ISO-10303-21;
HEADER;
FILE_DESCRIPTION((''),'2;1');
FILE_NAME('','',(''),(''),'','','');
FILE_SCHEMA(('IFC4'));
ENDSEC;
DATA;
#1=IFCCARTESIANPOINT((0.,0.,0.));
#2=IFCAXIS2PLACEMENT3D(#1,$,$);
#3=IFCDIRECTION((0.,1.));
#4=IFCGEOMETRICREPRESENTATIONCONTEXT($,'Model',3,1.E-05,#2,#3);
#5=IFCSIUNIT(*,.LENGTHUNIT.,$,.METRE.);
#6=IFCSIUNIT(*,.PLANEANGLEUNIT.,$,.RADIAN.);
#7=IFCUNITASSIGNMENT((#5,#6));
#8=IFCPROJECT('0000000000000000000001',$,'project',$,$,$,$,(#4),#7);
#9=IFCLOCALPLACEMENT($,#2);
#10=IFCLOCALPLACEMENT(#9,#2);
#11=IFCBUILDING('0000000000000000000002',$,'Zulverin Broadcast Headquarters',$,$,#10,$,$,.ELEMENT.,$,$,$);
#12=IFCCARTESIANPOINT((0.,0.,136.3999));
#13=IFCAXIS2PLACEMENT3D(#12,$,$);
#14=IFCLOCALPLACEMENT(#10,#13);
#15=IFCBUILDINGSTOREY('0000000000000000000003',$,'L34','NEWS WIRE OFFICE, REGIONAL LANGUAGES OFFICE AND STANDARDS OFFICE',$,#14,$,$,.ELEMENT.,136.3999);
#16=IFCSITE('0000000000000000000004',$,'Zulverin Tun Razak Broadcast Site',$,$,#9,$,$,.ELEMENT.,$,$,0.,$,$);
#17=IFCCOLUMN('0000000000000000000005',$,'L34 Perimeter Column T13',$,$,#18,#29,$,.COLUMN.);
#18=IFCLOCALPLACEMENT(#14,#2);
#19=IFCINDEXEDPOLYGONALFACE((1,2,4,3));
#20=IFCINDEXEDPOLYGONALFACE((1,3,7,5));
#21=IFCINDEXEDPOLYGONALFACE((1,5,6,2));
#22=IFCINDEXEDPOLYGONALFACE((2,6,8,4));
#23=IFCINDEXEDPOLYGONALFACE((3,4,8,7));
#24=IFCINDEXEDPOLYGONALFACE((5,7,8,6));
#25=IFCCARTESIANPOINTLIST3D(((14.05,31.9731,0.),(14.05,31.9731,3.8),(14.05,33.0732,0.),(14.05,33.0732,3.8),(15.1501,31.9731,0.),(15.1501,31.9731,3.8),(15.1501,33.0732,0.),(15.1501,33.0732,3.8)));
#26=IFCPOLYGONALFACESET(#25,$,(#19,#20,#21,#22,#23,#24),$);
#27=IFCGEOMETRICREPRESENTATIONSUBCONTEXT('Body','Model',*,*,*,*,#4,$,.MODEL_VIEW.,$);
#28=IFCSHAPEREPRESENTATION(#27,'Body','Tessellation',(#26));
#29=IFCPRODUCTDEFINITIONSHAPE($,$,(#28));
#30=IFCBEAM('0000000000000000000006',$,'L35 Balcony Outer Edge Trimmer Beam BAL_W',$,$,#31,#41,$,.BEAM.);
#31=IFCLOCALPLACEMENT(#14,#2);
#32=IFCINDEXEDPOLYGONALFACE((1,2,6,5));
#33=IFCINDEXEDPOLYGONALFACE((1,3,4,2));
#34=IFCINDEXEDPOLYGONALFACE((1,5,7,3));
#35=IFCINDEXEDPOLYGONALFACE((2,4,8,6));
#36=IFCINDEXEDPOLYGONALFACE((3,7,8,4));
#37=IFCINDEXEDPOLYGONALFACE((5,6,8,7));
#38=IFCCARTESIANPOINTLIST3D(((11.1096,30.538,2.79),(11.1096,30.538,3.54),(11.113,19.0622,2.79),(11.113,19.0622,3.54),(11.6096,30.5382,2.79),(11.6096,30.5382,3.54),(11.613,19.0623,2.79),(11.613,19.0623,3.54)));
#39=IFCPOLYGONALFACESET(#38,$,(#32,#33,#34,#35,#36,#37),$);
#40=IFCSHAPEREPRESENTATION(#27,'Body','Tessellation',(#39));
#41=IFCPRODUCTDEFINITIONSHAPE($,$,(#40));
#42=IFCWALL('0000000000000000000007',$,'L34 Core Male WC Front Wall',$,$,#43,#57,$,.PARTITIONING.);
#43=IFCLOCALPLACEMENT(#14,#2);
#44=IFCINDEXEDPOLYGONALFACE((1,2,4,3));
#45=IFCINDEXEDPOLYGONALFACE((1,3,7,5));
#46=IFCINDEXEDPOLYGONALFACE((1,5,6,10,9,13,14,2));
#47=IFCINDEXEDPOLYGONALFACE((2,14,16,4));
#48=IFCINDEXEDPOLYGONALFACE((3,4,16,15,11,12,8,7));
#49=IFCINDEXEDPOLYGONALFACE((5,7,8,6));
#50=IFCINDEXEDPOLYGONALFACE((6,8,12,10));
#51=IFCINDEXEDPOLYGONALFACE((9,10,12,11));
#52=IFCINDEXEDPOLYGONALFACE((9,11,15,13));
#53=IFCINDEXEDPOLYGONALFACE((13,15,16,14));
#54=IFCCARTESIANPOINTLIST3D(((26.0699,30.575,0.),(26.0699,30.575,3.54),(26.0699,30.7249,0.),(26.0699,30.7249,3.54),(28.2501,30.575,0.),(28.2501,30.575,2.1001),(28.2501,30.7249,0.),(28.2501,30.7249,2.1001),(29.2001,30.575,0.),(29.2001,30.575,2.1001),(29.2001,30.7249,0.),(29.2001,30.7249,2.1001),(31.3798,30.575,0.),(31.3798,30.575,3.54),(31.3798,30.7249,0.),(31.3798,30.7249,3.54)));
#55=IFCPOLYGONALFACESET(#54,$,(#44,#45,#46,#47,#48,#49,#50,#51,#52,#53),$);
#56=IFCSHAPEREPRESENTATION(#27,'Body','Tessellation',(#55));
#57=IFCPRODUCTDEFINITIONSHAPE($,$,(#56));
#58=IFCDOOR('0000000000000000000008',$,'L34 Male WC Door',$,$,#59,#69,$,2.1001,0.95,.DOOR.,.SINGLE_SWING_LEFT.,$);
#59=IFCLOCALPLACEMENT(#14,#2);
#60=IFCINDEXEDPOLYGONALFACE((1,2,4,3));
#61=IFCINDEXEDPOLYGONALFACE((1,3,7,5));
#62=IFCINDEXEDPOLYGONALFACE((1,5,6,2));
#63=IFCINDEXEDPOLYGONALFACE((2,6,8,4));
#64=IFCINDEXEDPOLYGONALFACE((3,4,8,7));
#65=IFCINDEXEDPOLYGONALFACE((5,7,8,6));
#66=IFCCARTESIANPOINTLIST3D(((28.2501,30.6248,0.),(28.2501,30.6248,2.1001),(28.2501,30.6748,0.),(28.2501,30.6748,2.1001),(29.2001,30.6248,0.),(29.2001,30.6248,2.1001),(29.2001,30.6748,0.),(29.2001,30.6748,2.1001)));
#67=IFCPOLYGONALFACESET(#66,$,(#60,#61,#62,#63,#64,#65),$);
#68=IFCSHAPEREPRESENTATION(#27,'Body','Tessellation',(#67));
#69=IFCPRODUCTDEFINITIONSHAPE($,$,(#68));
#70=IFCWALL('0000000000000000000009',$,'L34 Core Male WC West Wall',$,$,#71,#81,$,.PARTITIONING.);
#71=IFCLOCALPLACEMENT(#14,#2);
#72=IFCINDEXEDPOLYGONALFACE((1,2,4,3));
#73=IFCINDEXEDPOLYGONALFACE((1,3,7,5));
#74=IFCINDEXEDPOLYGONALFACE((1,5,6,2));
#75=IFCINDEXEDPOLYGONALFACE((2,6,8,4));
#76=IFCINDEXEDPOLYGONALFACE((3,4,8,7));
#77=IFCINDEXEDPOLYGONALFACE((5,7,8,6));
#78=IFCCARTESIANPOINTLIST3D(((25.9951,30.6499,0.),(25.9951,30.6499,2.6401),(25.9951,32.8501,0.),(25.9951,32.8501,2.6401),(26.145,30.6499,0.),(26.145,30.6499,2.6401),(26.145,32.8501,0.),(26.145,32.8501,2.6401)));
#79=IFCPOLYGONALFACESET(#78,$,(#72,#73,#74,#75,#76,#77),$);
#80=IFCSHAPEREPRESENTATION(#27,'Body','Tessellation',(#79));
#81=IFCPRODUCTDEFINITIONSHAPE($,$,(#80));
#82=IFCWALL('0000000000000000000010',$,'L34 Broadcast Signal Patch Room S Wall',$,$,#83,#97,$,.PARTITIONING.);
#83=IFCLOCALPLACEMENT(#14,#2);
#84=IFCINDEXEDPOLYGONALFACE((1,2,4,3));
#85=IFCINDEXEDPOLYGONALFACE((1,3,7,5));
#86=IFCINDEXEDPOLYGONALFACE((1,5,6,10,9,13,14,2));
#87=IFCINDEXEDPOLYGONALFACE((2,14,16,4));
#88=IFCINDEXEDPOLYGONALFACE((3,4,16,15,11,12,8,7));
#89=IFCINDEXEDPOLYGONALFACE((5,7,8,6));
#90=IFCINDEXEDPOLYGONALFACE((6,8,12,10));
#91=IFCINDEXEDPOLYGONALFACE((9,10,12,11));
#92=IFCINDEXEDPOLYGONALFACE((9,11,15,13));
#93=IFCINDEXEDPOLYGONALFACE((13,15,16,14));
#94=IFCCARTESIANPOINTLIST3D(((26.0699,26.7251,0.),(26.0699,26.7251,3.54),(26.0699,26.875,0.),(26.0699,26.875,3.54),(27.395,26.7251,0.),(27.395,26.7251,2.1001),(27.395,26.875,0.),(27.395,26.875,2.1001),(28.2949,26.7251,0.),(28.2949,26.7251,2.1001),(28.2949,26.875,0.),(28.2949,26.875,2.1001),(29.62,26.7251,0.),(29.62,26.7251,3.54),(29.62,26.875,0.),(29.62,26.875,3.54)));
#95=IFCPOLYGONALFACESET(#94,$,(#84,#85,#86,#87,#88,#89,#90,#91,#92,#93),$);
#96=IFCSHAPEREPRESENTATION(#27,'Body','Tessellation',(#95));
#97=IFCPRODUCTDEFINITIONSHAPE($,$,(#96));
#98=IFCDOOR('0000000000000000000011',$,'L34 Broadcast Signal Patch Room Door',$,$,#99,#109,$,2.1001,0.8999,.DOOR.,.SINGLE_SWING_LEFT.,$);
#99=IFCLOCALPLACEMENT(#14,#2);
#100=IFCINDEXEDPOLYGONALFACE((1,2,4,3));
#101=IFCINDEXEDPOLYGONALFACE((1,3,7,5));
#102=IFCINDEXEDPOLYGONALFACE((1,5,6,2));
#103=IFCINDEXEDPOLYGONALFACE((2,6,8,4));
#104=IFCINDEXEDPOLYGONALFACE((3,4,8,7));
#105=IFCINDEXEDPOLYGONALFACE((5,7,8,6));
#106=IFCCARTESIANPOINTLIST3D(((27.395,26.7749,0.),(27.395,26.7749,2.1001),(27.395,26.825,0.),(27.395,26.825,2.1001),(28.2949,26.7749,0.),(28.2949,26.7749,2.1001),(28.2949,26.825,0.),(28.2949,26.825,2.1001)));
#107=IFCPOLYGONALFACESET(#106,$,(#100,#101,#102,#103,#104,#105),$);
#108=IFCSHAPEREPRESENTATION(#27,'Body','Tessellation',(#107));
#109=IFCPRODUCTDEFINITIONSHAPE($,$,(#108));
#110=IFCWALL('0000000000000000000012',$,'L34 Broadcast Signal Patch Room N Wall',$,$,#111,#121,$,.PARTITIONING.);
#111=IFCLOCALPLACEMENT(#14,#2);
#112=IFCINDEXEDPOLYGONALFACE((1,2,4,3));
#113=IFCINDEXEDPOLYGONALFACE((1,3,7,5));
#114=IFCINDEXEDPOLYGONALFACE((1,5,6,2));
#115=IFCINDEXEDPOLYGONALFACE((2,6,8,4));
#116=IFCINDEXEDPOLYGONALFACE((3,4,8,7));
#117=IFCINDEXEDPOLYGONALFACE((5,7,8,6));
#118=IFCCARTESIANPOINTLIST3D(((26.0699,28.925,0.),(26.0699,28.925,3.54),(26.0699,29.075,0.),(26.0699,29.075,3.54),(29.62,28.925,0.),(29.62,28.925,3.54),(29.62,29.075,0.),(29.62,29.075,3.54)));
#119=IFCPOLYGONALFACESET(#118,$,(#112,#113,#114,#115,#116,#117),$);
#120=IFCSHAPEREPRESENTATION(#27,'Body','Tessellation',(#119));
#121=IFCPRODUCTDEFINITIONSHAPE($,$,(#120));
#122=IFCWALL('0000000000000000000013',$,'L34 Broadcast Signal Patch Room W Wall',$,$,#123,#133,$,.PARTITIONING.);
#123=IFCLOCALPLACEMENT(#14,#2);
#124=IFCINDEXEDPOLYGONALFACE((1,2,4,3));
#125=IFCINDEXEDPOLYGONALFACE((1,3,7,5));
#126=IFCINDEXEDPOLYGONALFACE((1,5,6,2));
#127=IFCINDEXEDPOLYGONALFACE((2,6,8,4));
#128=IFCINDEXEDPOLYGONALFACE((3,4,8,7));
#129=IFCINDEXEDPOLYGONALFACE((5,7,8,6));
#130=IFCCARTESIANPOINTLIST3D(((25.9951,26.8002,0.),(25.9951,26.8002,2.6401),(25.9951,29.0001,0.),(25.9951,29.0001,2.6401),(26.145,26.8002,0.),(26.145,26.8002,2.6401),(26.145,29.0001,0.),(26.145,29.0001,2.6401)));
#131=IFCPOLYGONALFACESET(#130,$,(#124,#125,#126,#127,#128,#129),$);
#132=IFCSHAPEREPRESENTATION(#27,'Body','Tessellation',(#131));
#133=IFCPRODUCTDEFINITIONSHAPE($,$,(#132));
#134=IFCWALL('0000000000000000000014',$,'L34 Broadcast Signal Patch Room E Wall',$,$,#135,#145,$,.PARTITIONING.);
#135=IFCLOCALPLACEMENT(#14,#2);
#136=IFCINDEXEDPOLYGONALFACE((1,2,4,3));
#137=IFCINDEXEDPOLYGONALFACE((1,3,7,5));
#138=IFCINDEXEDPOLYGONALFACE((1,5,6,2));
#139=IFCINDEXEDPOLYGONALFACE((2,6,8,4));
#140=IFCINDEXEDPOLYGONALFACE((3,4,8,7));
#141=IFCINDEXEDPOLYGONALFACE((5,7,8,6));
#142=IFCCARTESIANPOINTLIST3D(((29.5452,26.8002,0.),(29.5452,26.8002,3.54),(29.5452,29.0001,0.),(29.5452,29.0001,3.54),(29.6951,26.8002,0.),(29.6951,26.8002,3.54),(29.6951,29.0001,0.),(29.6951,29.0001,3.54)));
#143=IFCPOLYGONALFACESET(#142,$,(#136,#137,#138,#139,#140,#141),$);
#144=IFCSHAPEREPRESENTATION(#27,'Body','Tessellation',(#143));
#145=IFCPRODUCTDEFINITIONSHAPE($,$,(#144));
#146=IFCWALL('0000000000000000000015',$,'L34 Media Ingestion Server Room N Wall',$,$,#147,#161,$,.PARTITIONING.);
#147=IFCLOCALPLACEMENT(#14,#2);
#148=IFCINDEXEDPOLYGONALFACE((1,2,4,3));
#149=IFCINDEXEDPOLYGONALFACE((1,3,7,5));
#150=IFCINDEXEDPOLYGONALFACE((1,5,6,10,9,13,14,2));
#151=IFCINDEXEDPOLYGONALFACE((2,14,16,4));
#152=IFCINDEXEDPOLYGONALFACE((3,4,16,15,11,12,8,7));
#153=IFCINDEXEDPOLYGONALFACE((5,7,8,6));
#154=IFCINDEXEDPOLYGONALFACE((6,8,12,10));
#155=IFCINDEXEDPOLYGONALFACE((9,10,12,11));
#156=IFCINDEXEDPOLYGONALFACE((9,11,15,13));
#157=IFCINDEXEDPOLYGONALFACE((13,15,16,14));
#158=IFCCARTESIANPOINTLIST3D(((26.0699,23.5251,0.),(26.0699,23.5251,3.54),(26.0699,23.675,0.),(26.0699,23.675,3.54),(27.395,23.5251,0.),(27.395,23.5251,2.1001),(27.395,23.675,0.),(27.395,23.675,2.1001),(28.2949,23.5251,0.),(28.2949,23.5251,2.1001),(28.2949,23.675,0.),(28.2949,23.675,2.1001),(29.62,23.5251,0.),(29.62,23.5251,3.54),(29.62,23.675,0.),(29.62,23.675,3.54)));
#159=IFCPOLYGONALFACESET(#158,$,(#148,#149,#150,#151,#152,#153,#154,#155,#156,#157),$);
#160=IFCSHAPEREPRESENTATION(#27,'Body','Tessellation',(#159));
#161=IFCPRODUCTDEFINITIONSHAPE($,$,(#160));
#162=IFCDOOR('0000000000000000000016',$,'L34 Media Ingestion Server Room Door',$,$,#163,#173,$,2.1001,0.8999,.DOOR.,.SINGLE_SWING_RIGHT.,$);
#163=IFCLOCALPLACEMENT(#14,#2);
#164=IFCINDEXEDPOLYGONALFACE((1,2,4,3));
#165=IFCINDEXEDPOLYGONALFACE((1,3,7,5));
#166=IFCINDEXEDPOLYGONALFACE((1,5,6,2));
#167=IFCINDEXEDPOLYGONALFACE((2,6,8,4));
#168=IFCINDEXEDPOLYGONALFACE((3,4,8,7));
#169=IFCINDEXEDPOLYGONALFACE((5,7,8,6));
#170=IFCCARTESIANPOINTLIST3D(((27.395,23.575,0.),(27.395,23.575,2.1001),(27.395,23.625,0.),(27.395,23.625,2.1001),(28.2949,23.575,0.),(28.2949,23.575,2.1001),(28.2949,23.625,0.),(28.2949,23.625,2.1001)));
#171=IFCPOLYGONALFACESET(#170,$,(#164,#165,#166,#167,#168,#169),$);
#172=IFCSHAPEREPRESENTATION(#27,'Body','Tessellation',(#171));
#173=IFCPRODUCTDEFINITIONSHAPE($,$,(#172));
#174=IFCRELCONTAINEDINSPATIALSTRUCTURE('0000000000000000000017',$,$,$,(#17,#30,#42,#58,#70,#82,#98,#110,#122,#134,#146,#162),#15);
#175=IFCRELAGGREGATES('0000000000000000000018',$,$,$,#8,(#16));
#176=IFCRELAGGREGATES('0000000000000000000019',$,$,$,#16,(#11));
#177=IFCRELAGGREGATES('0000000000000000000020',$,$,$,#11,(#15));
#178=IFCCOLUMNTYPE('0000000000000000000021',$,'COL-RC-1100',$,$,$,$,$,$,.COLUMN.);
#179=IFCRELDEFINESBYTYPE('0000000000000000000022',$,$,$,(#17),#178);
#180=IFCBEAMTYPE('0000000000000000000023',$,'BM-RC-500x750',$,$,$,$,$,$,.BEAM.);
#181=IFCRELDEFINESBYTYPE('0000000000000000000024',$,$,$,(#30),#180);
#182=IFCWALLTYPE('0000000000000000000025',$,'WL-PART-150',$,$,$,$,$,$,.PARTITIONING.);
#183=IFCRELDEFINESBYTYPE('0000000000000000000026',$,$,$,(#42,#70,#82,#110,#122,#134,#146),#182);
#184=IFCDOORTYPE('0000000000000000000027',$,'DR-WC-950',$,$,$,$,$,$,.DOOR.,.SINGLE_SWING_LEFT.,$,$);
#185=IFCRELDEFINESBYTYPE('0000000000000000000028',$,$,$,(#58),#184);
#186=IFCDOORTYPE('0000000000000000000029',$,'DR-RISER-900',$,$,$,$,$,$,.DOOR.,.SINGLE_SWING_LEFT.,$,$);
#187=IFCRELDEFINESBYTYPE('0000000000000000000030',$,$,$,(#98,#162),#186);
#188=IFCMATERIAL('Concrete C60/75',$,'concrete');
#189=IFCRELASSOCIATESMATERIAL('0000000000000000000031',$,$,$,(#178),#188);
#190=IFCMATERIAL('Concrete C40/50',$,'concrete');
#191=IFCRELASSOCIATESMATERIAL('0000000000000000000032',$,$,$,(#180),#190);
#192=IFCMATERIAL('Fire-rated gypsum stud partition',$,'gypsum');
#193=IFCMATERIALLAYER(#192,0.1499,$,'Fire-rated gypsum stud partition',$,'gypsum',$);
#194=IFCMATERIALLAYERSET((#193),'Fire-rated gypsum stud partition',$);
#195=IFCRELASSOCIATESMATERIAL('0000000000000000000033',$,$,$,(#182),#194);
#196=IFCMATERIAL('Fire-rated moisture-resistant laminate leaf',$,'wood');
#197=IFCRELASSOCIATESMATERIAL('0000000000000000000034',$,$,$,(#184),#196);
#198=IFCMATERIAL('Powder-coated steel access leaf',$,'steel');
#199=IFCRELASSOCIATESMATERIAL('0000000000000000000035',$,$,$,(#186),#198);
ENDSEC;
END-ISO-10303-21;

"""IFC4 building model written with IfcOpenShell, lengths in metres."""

from ifc_helpers import new_model, si_unit, direction, frame, frame_2d, origin, origin_2d, place, context, subcontext, project, spatial, rectangle, extrude, material, layer, layer_set, material_profile, profile_set, type_object, element, fill, save


model = new_model("IFC4")

# Units and contexts
model_context = context("Model", 3, precision=1e-05, world=origin(), true_north=direction((0.0, 1.0)))
body_context = subcontext(model_context, "Body", "Model", "MODEL_VIEW")
ifc_project = project(units=[si_unit("LENGTHUNIT", "METRE"), si_unit("PLANEANGLEUNIT", "RADIAN")], contexts=[model_context])

# Site, building, storey
site_placement = place(None, origin())
site = spatial("IfcSite", under=ifc_project, at=site_placement, Name="Zulverin Tun Razak Broadcast Site", CompositionType="ELEMENT", RefElevation=0.0)
building_placement = place(site_placement, origin())
building = spatial("IfcBuilding", under=site, at=building_placement, Name="Zulverin Broadcast Headquarters", CompositionType="ELEMENT")
storey_placement = place(building_placement, frame((0.0, 0.0, 136.3999)))
storey = spatial("IfcBuildingStorey", under=building, at=storey_placement, Name="L34", Description="NEWS WIRE OFFICE, REGIONAL LANGUAGES OFFICE AND STANDARDS OFFICE", CompositionType="ELEMENT", Elevation=136.3999)

# Column
ifc_material_1 = material(Name="Concrete C60/75", Category="concrete")
ifc_material_profile_1 = material_profile(ifc_material_1, rectangle(XDim=1.1001, YDim=1.1001, at=origin_2d()), Name="Concrete C60/75", Category="concrete")
ifc_profile_set_1 = profile_set([ifc_material_profile_1], Name="Concrete C60/75")
column_type = type_object("IfcColumnType", Name="COL-RC-1100", PredefinedType="COLUMN", material=ifc_profile_set_1)
column_placement = place(storey_placement, frame((14.6001, 32.5232, 0.0), z_axis=(0.0, 0.0, 1.0), x_axis=(1.0, 0.0, 0.0)))
element("IfcColumn", 1, at=column_placement, inside=storey, type_object=column_type, Name="L34 Perimeter Column T13", PredefinedType="COLUMN", context=body_context, shape_type="SweptSolid", body=[
    extrude(rectangle(XDim=1.1001, YDim=1.1001, at=origin_2d()), origin(), (0.0, 0.0, 1.0), 3.8),
])

# Beam
ifc_material_2 = material(Name="Concrete C40/50", Category="concrete")
ifc_material_profile_2 = material_profile(ifc_material_2, rectangle(XDim=0.5, YDim=0.75, at=origin_2d()), Name="Concrete C40/50", Category="concrete")
ifc_profile_set_2 = profile_set([ifc_material_profile_2], Name="Concrete C40/50")
beam_type = type_object("IfcBeamType", Name="BM-RC-500x750", PredefinedType="BEAM", material=ifc_profile_set_2)
beam_placement = place(storey_placement, frame((11.3596, 30.5381, 3.165), z_axis=(0.000298, -1.0, 0.0), x_axis=(1.0, 0.000298, 0.0)))
element("IfcBeam", 2, at=beam_placement, inside=storey, type_object=beam_type, Name="L35 Balcony Outer Edge Trimmer Beam BAL_W", PredefinedType="BEAM", context=body_context, shape_type="SweptSolid", body=[
    extrude(rectangle(XDim=0.5, YDim=0.75, at=origin_2d()), origin(), (0.0, 0.0, 1.0), 11.4758),
])

# Wall, opening, door
ifc_material_3 = material(Name="Fire-rated gypsum stud partition", Category="gypsum")
ifc_layer_1 = layer(ifc_material_3, 0.1499, Name="Fire-rated gypsum stud partition", Category="gypsum")
ifc_layer_set_1 = layer_set([ifc_layer_1], Name="Fire-rated gypsum stud partition")
wall_type_1 = type_object("IfcWallType", Name="WL-PART-150", PredefinedType="PARTITIONING", material=ifc_layer_set_1)
wall_1_placement = place(storey_placement, frame((26.0701, 30.6499, 0.0), z_axis=(0.0, 0.0, 1.0), x_axis=(1.0, 0.0, 0.0)))
wall_1 = element("IfcWall", 3, at=wall_1_placement, inside=storey, type_object=wall_type_1, Name="L34 Core Male WC Front Wall", PredefinedType="PARTITIONING", context=body_context, shape_type="SweptSolid", body=[
    extrude(rectangle(XDim=5.3098, YDim=0.1499, at=frame_2d((2.6548, 0.0))), origin(), (0.0, 0.0, 1.0), 3.54),
])
opening_1_placement = place(wall_1_placement, frame((2.1799, 0.0, 0.0)))
opening_1 = element("IfcOpeningElement", 4, at=opening_1_placement, cuts=wall_1, PredefinedType="OPENING", context=body_context, shape_type="SweptSolid", body=[
    extrude(rectangle(XDim=0.95, YDim=2.1001, at=frame_2d((0.4751, 1.05))), frame((0.0, 0.085, 0.0), z_axis=(0.0, -1.0, 0.0), x_axis=(1.0, 0.0, 0.0)), (0.0, 0.0, 1.0), 0.1699),
])
ifc_material_4 = material(Name="Fire-rated moisture-resistant laminate leaf", Category="wood")
door_type_1 = type_object("IfcDoorType", Name="DR-WC-950", OperationType="SINGLE_SWING_LEFT", PredefinedType="DOOR", material=ifc_material_4)
door_1_placement = place(opening_1_placement, origin())
door_1 = element("IfcDoor", 5, at=door_1_placement, inside=storey, type_object=door_type_1, Name="L34 Male WC Door", OperationType="SINGLE_SWING_LEFT", OverallHeight=2.1001, OverallWidth=0.95, PredefinedType="DOOR", context=body_context, shape_type="SweptSolid", body=[
    extrude(rectangle(XDim=0.95, YDim=2.1001, at=frame_2d((0.4751, 1.05))), frame((0.0, 0.0249, 0.0), z_axis=(0.0, -1.0, 0.0), x_axis=(1.0, 0.0, 0.0)), (0.0, 0.0, 1.0), 0.05),
])
fill(opening_1, door_1)

# Wall
wall_2_placement = place(storey_placement, frame((26.0701, 30.6499, 0.0), z_axis=(0.0, 0.0, 1.0), x_axis=(0.0, 1.0, 0.0)))
element("IfcWall", 6, at=wall_2_placement, inside=storey, type_object=wall_type_1, Name="L34 Core Male WC West Wall", PredefinedType="PARTITIONING", context=body_context, shape_type="SweptSolid", body=[
    extrude(rectangle(XDim=2.2002, YDim=0.1499, at=frame_2d((1.1001, 0.0))), origin(), (0.0, 0.0, 1.0), 2.6401),
])

# Wall, opening, door
wall_3_placement = place(storey_placement, frame((26.0701, 26.8, 0.0), z_axis=(0.0, 0.0, 1.0), x_axis=(1.0, 0.0, 0.0)))
wall_3 = element("IfcWall", 7, at=wall_3_placement, inside=storey, type_object=wall_type_1, Name="L34 Broadcast Signal Patch Room S Wall", PredefinedType="PARTITIONING", context=body_context, shape_type="SweptSolid", body=[
    extrude(rectangle(XDim=3.55, YDim=0.1499, at=frame_2d((1.7749, 0.0))), origin(), (0.0, 0.0, 1.0), 3.54),
])
opening_2_placement = place(wall_3_placement, frame((1.325, 0.0, 0.0)))
opening_2 = element("IfcOpeningElement", 8, at=opening_2_placement, cuts=wall_3, PredefinedType="OPENING", context=body_context, shape_type="SweptSolid", body=[
    extrude(rectangle(XDim=0.8999, YDim=2.1001, at=frame_2d((0.45, 1.05))), frame((0.0, 0.085, 0.0), z_axis=(0.0, -1.0, 0.0), x_axis=(1.0, 0.0, 0.0)), (0.0, 0.0, 1.0), 0.1699),
])
ifc_material_5 = material(Name="Powder-coated steel access leaf", Category="steel")
door_type_2 = type_object("IfcDoorType", Name="DR-RISER-900", OperationType="SINGLE_SWING_LEFT", PredefinedType="DOOR", material=ifc_material_5)
door_2_placement = place(opening_2_placement, origin())
door_2 = element("IfcDoor", 9, at=door_2_placement, inside=storey, type_object=door_type_2, Name="L34 Broadcast Signal Patch Room Door", OperationType="SINGLE_SWING_LEFT", OverallHeight=2.1001, OverallWidth=0.8999, PredefinedType="DOOR", context=body_context, shape_type="SweptSolid", body=[
    extrude(rectangle(XDim=0.8999, YDim=2.1001, at=frame_2d((0.45, 1.05))), frame((0.0, 0.0249, 0.0), z_axis=(0.0, -1.0, 0.0), x_axis=(1.0, 0.0, 0.0)), (0.0, 0.0, 1.0), 0.05),
])
fill(opening_2, door_2)

# Walls
wall_4_placement = place(storey_placement, frame((26.0701, 29.0, 0.0), z_axis=(0.0, 0.0, 1.0), x_axis=(1.0, 0.0, 0.0)))
element("IfcWall", 10, at=wall_4_placement, inside=storey, type_object=wall_type_1, Name="L34 Broadcast Signal Patch Room N Wall", PredefinedType="PARTITIONING", context=body_context, shape_type="SweptSolid", body=[
    extrude(rectangle(XDim=3.55, YDim=0.1499, at=frame_2d((1.7749, 0.0))), origin(), (0.0, 0.0, 1.0), 3.54),
])
wall_5_placement = place(storey_placement, frame((26.0701, 26.8, 0.0), z_axis=(0.0, 0.0, 1.0), x_axis=(0.0, 1.0, 0.0)))
element("IfcWall", 11, at=wall_5_placement, inside=storey, type_object=wall_type_1, Name="L34 Broadcast Signal Patch Room W Wall", PredefinedType="PARTITIONING", context=body_context, shape_type="SweptSolid", body=[
    extrude(rectangle(XDim=2.2, YDim=0.1499, at=frame_2d((1.1001, 0.0))), origin(), (0.0, 0.0, 1.0), 2.6401),
])
wall_6_placement = place(storey_placement, frame((29.6201, 26.8, 0.0), z_axis=(0.0, 0.0, 1.0), x_axis=(0.0, 1.0, 0.0)))
element("IfcWall", 12, at=wall_6_placement, inside=storey, type_object=wall_type_1, Name="L34 Broadcast Signal Patch Room E Wall", PredefinedType="PARTITIONING", context=body_context, shape_type="SweptSolid", body=[
    extrude(rectangle(XDim=2.2, YDim=0.1499, at=frame_2d((1.1001, 0.0))), origin(), (0.0, 0.0, 1.0), 3.54),
])

# Wall, opening, door
wall_7_placement = place(storey_placement, frame((26.0701, 23.6001, 0.0), z_axis=(0.0, 0.0, 1.0), x_axis=(1.0, 0.0, 0.0)))
wall_7 = element("IfcWall", 13, at=wall_7_placement, inside=storey, type_object=wall_type_1, Name="L34 Media Ingestion Server Room N Wall", PredefinedType="PARTITIONING", context=body_context, shape_type="SweptSolid", body=[
    extrude(rectangle(XDim=3.55, YDim=0.1499, at=frame_2d((1.7749, 0.0))), origin(), (0.0, 0.0, 1.0), 3.54),
])
opening_3_placement = place(wall_7_placement, frame((1.325, 0.0, 0.0)))
opening_3 = element("IfcOpeningElement", 14, at=opening_3_placement, cuts=wall_7, PredefinedType="OPENING", context=body_context, shape_type="SweptSolid", body=[
    extrude(rectangle(XDim=0.8999, YDim=2.1001, at=frame_2d((0.45, 1.05))), frame((0.0, 0.085, 0.0), z_axis=(0.0, -1.0, 0.0), x_axis=(1.0, 0.0, 0.0)), (0.0, 0.0, 1.0), 0.1699),
])
door_3_placement = place(opening_3_placement, origin())
door_3 = element("IfcDoor", 15, at=door_3_placement, inside=storey, type_object=door_type_2, Name="L34 Media Ingestion Server Room Door", OperationType="SINGLE_SWING_RIGHT", OverallHeight=2.1001, OverallWidth=0.8999, PredefinedType="DOOR", context=body_context, shape_type="SweptSolid", body=[
    extrude(rectangle(XDim=0.8999, YDim=2.1001, at=frame_2d((0.45, 1.05))), frame((0.0, 0.0249, 0.0), z_axis=(0.0, -1.0, 0.0), x_axis=(1.0, 0.0, 0.0)), (0.0, 0.0, 1.0), 0.05),
])
fill(opening_3, door_3)

save(model, "model.ifc")
